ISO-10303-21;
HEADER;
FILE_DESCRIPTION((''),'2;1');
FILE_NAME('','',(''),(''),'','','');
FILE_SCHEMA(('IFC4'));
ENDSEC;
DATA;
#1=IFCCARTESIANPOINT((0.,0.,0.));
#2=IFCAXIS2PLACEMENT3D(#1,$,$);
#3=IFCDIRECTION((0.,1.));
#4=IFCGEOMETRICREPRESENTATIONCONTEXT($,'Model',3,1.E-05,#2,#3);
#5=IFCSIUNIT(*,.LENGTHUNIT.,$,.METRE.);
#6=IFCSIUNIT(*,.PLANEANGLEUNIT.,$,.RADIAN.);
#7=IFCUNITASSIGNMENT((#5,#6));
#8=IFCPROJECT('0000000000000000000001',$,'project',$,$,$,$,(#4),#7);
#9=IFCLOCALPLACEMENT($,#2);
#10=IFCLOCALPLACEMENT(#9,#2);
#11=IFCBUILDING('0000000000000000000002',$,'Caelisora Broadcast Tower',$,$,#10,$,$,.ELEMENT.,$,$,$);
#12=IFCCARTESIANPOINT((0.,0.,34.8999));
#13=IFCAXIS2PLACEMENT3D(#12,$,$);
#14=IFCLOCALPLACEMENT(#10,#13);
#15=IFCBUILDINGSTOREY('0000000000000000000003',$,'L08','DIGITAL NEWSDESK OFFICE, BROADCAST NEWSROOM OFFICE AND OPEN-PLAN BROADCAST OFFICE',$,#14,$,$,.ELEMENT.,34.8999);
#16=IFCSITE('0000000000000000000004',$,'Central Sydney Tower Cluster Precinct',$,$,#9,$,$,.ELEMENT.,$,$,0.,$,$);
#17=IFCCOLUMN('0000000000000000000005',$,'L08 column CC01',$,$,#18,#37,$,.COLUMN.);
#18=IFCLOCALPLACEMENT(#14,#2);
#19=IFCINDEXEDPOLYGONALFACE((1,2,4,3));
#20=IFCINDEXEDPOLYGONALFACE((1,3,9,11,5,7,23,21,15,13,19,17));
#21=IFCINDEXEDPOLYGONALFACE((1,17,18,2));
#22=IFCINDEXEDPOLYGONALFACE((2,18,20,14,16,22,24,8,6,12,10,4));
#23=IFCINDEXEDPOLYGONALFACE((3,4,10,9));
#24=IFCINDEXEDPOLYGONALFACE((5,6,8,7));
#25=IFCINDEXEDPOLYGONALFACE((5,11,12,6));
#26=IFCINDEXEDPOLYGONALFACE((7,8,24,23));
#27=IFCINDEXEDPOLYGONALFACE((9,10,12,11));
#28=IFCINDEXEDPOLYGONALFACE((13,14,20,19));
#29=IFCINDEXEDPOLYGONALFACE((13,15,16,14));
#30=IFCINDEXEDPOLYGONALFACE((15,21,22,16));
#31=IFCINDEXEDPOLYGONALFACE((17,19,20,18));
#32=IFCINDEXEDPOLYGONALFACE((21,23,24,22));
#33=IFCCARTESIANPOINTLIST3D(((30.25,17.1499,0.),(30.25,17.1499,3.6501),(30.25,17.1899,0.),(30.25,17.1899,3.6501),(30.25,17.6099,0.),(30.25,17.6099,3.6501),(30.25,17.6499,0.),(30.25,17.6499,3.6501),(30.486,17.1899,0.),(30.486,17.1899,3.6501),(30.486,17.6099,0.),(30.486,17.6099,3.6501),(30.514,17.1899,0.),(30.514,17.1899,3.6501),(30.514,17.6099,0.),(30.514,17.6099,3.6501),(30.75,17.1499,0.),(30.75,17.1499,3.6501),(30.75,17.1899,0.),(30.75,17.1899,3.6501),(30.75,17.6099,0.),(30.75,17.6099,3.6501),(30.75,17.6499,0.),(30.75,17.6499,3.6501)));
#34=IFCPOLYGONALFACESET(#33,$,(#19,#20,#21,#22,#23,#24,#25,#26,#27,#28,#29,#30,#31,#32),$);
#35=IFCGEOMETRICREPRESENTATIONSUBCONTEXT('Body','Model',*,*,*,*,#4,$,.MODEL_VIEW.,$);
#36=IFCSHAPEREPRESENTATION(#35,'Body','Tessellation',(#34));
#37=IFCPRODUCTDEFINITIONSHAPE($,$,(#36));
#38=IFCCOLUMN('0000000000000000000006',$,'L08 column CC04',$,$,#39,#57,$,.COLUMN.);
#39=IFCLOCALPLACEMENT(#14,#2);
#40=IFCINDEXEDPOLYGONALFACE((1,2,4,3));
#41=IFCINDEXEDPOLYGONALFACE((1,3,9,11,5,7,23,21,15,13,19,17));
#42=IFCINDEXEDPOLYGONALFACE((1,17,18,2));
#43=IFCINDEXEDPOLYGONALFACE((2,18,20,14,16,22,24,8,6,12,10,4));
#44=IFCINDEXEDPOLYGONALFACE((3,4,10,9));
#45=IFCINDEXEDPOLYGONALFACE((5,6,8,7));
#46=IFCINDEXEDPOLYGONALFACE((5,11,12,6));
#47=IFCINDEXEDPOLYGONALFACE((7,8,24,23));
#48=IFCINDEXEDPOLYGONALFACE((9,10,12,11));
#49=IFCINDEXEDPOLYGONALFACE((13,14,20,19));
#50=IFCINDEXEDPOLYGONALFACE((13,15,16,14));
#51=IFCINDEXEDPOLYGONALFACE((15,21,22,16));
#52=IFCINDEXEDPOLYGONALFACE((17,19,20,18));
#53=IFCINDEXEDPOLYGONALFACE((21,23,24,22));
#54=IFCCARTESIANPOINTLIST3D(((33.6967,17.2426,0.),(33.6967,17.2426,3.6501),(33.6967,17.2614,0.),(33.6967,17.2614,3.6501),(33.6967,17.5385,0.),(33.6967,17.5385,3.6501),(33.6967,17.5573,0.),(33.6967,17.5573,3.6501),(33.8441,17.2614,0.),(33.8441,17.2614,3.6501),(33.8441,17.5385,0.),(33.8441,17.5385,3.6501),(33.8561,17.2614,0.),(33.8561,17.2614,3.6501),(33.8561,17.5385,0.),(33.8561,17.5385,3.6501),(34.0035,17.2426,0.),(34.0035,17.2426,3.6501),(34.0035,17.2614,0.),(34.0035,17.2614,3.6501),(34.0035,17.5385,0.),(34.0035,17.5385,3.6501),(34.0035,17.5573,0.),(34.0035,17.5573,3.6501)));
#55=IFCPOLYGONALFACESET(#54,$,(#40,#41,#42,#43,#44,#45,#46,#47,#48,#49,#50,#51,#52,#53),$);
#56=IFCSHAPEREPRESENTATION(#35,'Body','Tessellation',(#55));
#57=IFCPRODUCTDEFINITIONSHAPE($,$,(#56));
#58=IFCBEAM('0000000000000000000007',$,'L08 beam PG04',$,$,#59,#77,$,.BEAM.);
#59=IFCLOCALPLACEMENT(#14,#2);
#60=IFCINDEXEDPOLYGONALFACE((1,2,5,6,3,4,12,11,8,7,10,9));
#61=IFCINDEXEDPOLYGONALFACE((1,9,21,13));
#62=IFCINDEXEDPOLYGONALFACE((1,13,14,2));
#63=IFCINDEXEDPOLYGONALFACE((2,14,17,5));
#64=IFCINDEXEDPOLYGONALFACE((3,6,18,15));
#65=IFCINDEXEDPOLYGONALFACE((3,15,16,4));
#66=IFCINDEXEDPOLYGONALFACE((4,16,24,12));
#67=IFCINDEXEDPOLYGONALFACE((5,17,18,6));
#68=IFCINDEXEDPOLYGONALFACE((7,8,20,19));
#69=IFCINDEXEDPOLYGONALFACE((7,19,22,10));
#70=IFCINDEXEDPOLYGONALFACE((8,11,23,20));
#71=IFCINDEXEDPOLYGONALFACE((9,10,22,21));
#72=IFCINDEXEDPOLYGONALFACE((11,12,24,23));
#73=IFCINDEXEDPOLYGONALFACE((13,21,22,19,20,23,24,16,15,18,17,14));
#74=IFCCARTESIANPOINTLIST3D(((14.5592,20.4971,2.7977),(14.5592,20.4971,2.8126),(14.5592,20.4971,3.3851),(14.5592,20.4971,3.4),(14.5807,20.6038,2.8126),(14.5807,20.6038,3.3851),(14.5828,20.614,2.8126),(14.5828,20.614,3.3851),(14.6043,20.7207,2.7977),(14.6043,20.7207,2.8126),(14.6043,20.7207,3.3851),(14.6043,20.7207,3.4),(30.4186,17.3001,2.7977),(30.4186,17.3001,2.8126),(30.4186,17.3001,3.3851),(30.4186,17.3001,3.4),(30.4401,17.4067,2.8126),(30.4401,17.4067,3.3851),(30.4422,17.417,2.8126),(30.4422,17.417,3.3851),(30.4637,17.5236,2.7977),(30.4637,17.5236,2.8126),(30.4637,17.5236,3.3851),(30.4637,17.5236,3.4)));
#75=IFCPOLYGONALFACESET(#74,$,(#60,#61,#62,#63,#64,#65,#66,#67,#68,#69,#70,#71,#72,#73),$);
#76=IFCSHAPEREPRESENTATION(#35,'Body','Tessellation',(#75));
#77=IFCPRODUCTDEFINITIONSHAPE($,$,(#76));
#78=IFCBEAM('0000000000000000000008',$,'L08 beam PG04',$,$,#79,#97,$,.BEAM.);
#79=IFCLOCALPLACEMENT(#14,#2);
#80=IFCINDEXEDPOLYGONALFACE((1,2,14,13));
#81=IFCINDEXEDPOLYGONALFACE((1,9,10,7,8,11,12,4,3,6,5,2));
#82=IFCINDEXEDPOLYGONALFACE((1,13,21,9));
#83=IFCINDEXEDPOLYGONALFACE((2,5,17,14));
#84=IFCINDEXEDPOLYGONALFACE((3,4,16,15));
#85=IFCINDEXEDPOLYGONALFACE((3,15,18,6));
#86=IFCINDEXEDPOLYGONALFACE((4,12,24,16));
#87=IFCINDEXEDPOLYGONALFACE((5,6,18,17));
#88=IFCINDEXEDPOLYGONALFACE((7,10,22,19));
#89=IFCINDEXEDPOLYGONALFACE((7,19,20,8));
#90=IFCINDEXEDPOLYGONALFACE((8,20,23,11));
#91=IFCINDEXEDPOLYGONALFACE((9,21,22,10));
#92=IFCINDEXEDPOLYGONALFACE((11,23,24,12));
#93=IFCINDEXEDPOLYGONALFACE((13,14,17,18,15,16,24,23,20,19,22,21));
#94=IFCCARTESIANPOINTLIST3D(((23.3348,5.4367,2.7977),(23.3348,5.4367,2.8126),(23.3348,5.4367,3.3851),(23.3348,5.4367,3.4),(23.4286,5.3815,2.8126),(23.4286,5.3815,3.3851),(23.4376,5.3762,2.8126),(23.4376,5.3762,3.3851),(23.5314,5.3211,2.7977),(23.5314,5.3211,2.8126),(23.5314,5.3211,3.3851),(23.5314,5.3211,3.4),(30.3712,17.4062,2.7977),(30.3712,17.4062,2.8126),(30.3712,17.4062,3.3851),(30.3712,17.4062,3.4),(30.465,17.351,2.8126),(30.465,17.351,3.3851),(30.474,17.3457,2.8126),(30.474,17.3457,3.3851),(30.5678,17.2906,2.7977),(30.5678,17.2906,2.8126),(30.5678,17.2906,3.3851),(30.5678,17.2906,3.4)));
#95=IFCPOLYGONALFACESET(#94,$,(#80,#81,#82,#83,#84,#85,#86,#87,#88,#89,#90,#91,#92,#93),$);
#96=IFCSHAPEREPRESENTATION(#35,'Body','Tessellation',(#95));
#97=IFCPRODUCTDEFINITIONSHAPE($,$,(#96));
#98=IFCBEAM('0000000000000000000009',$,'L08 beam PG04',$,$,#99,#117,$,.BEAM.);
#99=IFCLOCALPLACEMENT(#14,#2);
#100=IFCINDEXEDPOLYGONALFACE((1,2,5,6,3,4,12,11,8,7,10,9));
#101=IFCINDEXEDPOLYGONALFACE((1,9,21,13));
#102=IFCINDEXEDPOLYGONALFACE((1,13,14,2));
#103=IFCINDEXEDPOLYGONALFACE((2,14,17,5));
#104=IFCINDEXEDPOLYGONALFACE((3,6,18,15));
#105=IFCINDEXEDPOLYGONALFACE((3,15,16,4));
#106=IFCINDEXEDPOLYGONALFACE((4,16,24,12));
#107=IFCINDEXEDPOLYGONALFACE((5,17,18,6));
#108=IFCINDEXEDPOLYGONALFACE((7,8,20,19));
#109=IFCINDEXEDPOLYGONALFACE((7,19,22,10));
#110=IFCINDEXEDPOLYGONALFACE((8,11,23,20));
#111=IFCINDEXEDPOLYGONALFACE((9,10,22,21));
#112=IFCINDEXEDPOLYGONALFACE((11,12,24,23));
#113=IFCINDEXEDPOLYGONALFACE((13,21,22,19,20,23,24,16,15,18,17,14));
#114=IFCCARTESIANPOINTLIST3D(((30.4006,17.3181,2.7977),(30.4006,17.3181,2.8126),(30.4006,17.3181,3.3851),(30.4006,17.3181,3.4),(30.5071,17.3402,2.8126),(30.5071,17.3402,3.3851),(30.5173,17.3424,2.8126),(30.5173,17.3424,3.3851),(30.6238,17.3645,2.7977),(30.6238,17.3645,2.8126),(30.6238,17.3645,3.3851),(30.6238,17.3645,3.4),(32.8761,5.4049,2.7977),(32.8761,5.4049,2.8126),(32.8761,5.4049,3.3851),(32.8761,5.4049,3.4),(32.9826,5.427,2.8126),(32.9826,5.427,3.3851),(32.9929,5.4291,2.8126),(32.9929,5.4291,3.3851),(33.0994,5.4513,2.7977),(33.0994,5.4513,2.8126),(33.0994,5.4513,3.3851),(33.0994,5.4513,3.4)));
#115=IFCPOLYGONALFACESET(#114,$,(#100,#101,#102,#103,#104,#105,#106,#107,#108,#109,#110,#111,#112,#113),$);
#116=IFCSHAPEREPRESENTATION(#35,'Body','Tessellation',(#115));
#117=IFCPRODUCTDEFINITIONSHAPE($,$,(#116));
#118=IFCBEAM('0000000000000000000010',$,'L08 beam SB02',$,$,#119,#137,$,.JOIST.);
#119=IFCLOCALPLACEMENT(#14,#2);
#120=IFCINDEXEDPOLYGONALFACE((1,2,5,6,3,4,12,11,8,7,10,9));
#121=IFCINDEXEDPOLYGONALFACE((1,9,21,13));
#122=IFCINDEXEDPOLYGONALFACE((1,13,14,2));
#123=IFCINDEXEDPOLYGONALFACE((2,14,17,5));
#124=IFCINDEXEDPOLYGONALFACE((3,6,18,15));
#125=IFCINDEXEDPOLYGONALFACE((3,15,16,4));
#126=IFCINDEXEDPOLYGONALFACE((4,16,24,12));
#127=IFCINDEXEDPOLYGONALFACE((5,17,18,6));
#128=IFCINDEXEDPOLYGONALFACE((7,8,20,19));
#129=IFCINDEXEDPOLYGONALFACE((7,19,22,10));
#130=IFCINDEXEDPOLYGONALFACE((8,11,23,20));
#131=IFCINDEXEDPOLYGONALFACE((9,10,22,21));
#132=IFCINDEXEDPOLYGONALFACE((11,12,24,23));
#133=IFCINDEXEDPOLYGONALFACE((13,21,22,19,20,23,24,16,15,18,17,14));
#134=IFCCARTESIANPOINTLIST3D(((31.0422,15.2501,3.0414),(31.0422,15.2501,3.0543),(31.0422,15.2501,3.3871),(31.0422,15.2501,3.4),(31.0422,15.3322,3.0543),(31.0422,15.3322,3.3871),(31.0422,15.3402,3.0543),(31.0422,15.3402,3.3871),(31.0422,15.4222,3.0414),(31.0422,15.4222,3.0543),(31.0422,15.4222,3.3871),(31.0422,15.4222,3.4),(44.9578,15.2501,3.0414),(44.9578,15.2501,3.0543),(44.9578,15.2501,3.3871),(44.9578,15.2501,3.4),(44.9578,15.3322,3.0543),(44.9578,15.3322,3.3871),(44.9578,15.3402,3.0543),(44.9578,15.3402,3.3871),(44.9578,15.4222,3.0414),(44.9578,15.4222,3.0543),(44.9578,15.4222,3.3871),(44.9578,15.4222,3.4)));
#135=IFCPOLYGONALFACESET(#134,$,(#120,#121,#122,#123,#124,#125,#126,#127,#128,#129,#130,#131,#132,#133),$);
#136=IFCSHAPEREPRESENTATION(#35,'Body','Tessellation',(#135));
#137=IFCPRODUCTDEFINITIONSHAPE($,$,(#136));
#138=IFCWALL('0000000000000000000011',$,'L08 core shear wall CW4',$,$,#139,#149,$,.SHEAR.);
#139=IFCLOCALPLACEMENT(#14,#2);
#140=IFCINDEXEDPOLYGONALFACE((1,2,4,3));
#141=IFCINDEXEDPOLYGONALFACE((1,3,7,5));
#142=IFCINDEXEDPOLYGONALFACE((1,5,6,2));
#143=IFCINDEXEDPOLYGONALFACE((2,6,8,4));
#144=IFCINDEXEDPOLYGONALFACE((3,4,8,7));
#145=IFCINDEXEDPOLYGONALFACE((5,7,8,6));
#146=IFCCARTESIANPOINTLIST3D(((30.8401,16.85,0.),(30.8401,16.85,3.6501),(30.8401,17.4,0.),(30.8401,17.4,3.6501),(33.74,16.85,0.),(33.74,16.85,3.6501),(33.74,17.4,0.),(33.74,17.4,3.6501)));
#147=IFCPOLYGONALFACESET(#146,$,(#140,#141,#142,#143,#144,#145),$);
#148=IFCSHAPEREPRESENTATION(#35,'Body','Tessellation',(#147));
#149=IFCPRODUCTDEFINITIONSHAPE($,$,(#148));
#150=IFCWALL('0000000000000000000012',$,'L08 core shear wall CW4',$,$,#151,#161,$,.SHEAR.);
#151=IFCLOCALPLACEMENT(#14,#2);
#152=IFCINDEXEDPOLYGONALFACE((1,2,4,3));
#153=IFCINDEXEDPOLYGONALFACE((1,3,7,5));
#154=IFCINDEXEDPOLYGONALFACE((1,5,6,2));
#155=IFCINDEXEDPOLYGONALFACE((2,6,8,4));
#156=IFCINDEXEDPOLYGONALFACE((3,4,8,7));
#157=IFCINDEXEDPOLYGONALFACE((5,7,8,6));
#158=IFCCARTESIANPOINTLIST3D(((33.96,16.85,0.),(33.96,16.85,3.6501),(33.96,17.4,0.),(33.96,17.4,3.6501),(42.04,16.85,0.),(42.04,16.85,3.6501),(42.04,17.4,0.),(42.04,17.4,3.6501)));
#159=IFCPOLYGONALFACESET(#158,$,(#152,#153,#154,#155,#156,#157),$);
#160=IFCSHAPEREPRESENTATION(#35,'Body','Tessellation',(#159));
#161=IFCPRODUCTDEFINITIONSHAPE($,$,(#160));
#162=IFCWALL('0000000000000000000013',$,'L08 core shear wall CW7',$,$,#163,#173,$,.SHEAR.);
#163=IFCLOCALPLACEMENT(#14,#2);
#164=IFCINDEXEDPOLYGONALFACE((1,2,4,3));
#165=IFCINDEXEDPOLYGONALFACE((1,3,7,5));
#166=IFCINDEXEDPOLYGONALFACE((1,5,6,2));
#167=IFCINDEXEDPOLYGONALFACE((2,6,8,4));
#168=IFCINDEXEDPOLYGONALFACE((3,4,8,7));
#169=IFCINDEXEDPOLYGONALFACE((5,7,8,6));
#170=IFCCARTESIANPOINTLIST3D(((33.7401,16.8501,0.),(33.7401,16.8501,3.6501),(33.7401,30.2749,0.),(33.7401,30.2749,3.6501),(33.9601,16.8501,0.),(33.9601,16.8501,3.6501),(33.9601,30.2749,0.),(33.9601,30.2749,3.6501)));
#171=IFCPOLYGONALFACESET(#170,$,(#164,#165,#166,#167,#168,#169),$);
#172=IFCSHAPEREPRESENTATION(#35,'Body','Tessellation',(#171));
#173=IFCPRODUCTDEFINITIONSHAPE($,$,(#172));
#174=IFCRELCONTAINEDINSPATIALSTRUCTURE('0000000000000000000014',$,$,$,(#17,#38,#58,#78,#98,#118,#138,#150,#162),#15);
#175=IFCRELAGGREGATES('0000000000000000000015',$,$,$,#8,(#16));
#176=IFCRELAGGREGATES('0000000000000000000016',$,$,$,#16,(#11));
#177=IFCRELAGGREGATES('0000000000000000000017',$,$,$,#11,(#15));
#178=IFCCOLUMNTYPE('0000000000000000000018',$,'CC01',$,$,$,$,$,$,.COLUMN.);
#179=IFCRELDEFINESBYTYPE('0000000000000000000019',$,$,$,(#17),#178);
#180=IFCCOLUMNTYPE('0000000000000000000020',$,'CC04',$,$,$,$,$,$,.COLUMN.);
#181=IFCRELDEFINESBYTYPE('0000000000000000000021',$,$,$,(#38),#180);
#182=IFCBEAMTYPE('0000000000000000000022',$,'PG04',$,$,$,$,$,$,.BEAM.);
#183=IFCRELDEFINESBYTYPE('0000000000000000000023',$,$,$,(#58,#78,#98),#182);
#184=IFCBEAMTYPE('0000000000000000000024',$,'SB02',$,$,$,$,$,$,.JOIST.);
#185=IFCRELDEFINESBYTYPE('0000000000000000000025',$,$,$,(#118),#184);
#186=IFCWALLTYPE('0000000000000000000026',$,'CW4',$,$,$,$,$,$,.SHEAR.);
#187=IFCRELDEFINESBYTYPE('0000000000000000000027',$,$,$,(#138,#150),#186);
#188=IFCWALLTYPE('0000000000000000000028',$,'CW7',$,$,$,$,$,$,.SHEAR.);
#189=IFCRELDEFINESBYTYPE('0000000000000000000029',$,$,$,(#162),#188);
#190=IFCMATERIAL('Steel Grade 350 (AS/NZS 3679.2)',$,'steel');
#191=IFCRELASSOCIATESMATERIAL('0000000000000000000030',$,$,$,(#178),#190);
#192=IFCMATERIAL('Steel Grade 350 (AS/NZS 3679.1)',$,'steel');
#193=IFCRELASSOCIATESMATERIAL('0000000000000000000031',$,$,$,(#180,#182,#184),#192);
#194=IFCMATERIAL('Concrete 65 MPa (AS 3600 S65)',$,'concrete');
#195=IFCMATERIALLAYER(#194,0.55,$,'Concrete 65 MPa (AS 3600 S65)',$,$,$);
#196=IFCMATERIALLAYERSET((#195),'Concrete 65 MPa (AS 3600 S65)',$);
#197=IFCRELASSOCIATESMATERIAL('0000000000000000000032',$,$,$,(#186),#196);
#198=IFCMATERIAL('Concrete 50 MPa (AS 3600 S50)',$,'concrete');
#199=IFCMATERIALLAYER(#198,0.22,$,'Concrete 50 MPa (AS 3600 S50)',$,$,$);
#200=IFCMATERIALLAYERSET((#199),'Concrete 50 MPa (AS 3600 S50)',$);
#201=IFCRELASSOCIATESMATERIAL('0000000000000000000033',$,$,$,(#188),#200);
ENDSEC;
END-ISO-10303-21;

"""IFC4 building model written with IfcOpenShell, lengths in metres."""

from ifc_helpers import new_model, si_unit, direction, frame, frame_2d, origin, origin_2d, place, context, subcontext, project, spatial, rectangle, i_section, extrude, source, transform, mapped, material, layer, layer_set, material_profile, profile_set, type_object, type_shapes, element, save


model = new_model("IFC4")

# Units and contexts
model_context = context("Model", 3, precision=1e-05, world=origin(), true_north=direction((0.0, 1.0)))
body_context = subcontext(model_context, "Body", "Model", "MODEL_VIEW")
ifc_project = project(units=[si_unit("LENGTHUNIT", "METRE"), si_unit("PLANEANGLEUNIT", "RADIAN")], contexts=[model_context])

# Site, building, storey
site_placement = place(None, origin())
site = spatial("IfcSite", under=ifc_project, at=site_placement, Name="Central Sydney Tower Cluster Precinct", CompositionType="ELEMENT", RefElevation=0.0)
building_placement = place(site_placement, origin())
building = spatial("IfcBuilding", under=site, at=building_placement, Name="Caelisora Broadcast Tower", CompositionType="ELEMENT")
storey_placement = place(building_placement, frame((0.0, 0.0, 34.8999)))
storey = spatial("IfcBuildingStorey", under=building, at=storey_placement, Name="L08", Description="DIGITAL NEWSDESK OFFICE, BROADCAST NEWSROOM OFFICE AND OPEN-PLAN BROADCAST OFFICE", CompositionType="ELEMENT", Elevation=34.8999)

# Columns
ifc_material_1 = material(Name="Steel Grade 350 (AS/NZS 3679.2)", Category="steel")
ifc_material_profile_1 = material_profile(ifc_material_1, i_section(OverallWidth=0.5, OverallDepth=0.5, WebThickness=0.0281, FlangeThickness=0.04, at=origin_2d()), Name="Steel Grade 350 (AS/NZS 3679.2)")
ifc_profile_set_1 = profile_set([ifc_material_profile_1], Name="Steel Grade 350 (AS/NZS 3679.2)")
column_type_1 = type_object("IfcColumnType", Name="CC01", PredefinedType="COLUMN", material=ifc_profile_set_1)
shared_shape_1 = source(origin(), body_context, "Body", "SweptSolid", [
    extrude(i_section(OverallWidth=0.5, OverallDepth=0.5, WebThickness=0.0281, FlangeThickness=0.04, at=origin_2d()), origin(), (0.0, 0.0, 1.0), 3.6501),
])
type_shapes(column_type_1, [shared_shape_1])
column_1_placement = place(storey_placement, frame((30.5, 17.3999, 0.0), z_axis=(0.0, 0.0, 1.0), x_axis=(1.0, 0.0, 0.0)))
element("IfcColumn", 1, at=column_1_placement, inside=storey, type_object=column_type_1, Name="L08 column CC01", PredefinedType="COLUMN", context=body_context, shape_type="MappedRepresentation", body=[
    mapped(shared_shape_1, transform((0.0, 0.0, 0.0), scale=1.0)),
])
ifc_material_2 = material(Name="Steel Grade 350 (AS/NZS 3679.1)", Category="steel")
ifc_material_profile_2 = material_profile(ifc_material_2, i_section(OverallWidth=0.3069, OverallDepth=0.3147, WebThickness=0.012, FlangeThickness=0.0188, at=origin_2d()), Name="Steel Grade 350 (AS/NZS 3679.1)")
ifc_profile_set_2 = profile_set([ifc_material_profile_2], Name="Steel Grade 350 (AS/NZS 3679.1)")
column_type_2 = type_object("IfcColumnType", Name="CC04", PredefinedType="COLUMN", material=ifc_profile_set_2)
shared_shape_2 = source(origin(), body_context, "Body", "SweptSolid", [
    extrude(i_section(OverallWidth=0.3069, OverallDepth=0.3147, WebThickness=0.012, FlangeThickness=0.0188, at=origin_2d()), origin(), (0.0, 0.0, 1.0), 3.6501),
])
type_shapes(column_type_2, [shared_shape_2])
column_2_placement = place(storey_placement, frame((33.8501, 17.3999, 0.0), z_axis=(0.0, 0.0, 1.0), x_axis=(1.0, 0.0, 0.0)))
element("IfcColumn", 2, at=column_2_placement, inside=storey, type_object=column_type_2, Name="L08 column CC04", PredefinedType="COLUMN", context=body_context, shape_type="MappedRepresentation", body=[
    mapped(shared_shape_2, transform((0.0, 0.0, 0.0), scale=1.0)),
])

# Beams
ifc_material_profile_3 = material_profile(ifc_material_2, i_section(OverallWidth=0.228, OverallDepth=0.6023, WebThickness=0.0105, FlangeThickness=0.0149, at=origin_2d()), Name="Steel Grade 350 (AS/NZS 3679.1)")
ifc_profile_set_3 = profile_set([ifc_material_profile_3], Name="Steel Grade 350 (AS/NZS 3679.1)")
beam_type_1 = type_object("IfcBeamType", Name="PG04", PredefinedType="BEAM", material=ifc_profile_set_3)
shared_shape_3 = source(origin(), body_context, "Body", "SweptSolid", [
    extrude(i_section(OverallWidth=0.228, OverallDepth=0.6023, WebThickness=0.0105, FlangeThickness=0.0149, at=origin_2d()), origin(), (0.0, 0.0, 1.0), 16.1785),
])
beam_1_placement = place(storey_placement, frame((30.4412, 17.4119, 3.0989), z_axis=(-0.980281, 0.19761, 0.0), x_axis=(-0.19761, -0.980281, 0.0)))
element("IfcBeam", 3, at=beam_1_placement, inside=storey, type_object=beam_type_1, Name="L08 beam PG04", PredefinedType="BEAM", context=body_context, shape_type="MappedRepresentation", body=[
    mapped(shared_shape_3, transform((0.0, 0.0, 0.0), scale=1.0)),
])
shared_shape_4 = source(origin(), body_context, "Body", "SweptSolid", [
    extrude(i_section(OverallWidth=0.228, OverallDepth=0.6023, WebThickness=0.0105, FlangeThickness=0.0149, at=origin_2d()), origin(), (0.0, 0.0, 1.0), 13.8845),
])
beam_2_placement = place(storey_placement, frame((30.4695, 17.3484, 3.0989), z_axis=(-0.50678, -0.862076, 0.0), x_axis=(0.862076, -0.50678, 0.0)))
element("IfcBeam", 4, at=beam_2_placement, inside=storey, type_object=beam_type_1, Name="L08 beam PG04", PredefinedType="BEAM", context=body_context, shape_type="MappedRepresentation", body=[
    mapped(shared_shape_4, transform((0.0, 0.0, 0.0), scale=1.0)),
])
shared_shape_5 = source(origin(), body_context, "Body", "SweptSolid", [
    extrude(i_section(OverallWidth=0.228, OverallDepth=0.6023, WebThickness=0.0105, FlangeThickness=0.0149, at=origin_2d()), origin(), (0.0, 0.0, 1.0), 12.1677),
])
type_shapes(beam_type_1, [shared_shape_3, shared_shape_4, shared_shape_5])
beam_3_placement = place(storey_placement, frame((30.5122, 17.3413, 3.0989), z_axis=(0.203453, -0.979085, 0.0), x_axis=(0.979085, 0.203453, 0.0)))
element("IfcBeam", 5, at=beam_3_placement, inside=storey, type_object=beam_type_1, Name="L08 beam PG04", PredefinedType="BEAM", context=body_context, shape_type="MappedRepresentation", body=[
    mapped(shared_shape_5, transform((0.0, 0.0, 0.0), scale=1.0)),
])
ifc_material_profile_4 = material_profile(ifc_material_2, i_section(OverallWidth=0.1721, OverallDepth=0.3586, WebThickness=0.0081, FlangeThickness=0.0129, at=origin_2d()), Name="Steel Grade 350 (AS/NZS 3679.1)")
ifc_profile_set_4 = profile_set([ifc_material_profile_4], Name="Steel Grade 350 (AS/NZS 3679.1)")
beam_type_2 = type_object("IfcBeamType", Name="SB02", PredefinedType="JOIST", material=ifc_profile_set_4)
shared_shape_6 = source(origin(), body_context, "Body", "SweptSolid", [
    extrude(i_section(OverallWidth=0.1721, OverallDepth=0.3586, WebThickness=0.0081, FlangeThickness=0.0129, at=origin_2d()), origin(), (0.0, 0.0, 1.0), 13.9155),
])
type_shapes(beam_type_2, [shared_shape_6])
beam_4_placement = place(storey_placement, frame((31.0422, 15.3362, 3.2207), z_axis=(1.0, 0.0, 0.0), x_axis=(0.0, 1.0, 0.0)))
element("IfcBeam", 6, at=beam_4_placement, inside=storey, type_object=beam_type_2, Name="L08 beam SB02", PredefinedType="JOIST", context=body_context, shape_type="MappedRepresentation", body=[
    mapped(shared_shape_6, transform((0.0, 0.0, 0.0), scale=1.0)),
])

# Shared definitions
ifc_material_3 = material(Name="Concrete 65 MPa (AS 3600 S65)", Category="concrete")

# Walls
ifc_layer_1 = layer(ifc_material_3, 0.55, Name="Concrete 65 MPa (AS 3600 S65)")
ifc_layer_set_1 = layer_set([ifc_layer_1], Name="Concrete 65 MPa (AS 3600 S65)")
wall_type_1 = type_object("IfcWallType", Name="CW4", PredefinedType="SHEAR", material=ifc_layer_set_1)
wall_1_placement = place(storey_placement, frame((30.8401, 17.125, 0.0), z_axis=(0.0, 0.0, 1.0), x_axis=(1.0, 0.0, 0.0)))
element("IfcWall", 7, at=wall_1_placement, inside=storey, type_object=wall_type_1, Name="L08 core shear wall CW4", PredefinedType="SHEAR", context=body_context, shape_type="SweptSolid", body=[
    extrude(rectangle(XDim=2.8999, YDim=0.55, at=frame_2d((1.45, 0.0))), origin(), (0.0, 0.0, 1.0), 3.6501),
])
wall_2_placement = place(storey_placement, frame((33.96, 17.125, 0.0), z_axis=(0.0, 0.0, 1.0), x_axis=(1.0, 0.0, 0.0)))
element("IfcWall", 8, at=wall_2_placement, inside=storey, type_object=wall_type_1, Name="L08 core shear wall CW4", PredefinedType="SHEAR", context=body_context, shape_type="SweptSolid", body=[
    extrude(rectangle(XDim=8.0801, YDim=0.55, at=frame_2d((4.04, 0.0))), origin(), (0.0, 0.0, 1.0), 3.6501),
])
ifc_material_4 = material(Name="Concrete 50 MPa (AS 3600 S50)", Category="concrete")
ifc_layer_2 = layer(ifc_material_4, 0.22, Name="Concrete 50 MPa (AS 3600 S50)")
ifc_layer_set_2 = layer_set([ifc_layer_2], Name="Concrete 50 MPa (AS 3600 S50)")
wall_type_2 = type_object("IfcWallType", Name="CW7", PredefinedType="SHEAR", material=ifc_layer_set_2)
wall_3_placement = place(storey_placement, frame((33.8501, 16.8501, 0.0), z_axis=(0.0, 0.0, 1.0), x_axis=(0.0, 1.0, 0.0)))
element("IfcWall", 9, at=wall_3_placement, inside=storey, type_object=wall_type_2, Name="L08 core shear wall CW7", PredefinedType="SHEAR", context=body_context, shape_type="SweptSolid", body=[
    extrude(rectangle(XDim=13.4248, YDim=0.22, at=frame_2d((6.7124, 0.0))), origin(), (0.0, 0.0, 1.0), 3.6501),
])

save(model, "model.ifc")
